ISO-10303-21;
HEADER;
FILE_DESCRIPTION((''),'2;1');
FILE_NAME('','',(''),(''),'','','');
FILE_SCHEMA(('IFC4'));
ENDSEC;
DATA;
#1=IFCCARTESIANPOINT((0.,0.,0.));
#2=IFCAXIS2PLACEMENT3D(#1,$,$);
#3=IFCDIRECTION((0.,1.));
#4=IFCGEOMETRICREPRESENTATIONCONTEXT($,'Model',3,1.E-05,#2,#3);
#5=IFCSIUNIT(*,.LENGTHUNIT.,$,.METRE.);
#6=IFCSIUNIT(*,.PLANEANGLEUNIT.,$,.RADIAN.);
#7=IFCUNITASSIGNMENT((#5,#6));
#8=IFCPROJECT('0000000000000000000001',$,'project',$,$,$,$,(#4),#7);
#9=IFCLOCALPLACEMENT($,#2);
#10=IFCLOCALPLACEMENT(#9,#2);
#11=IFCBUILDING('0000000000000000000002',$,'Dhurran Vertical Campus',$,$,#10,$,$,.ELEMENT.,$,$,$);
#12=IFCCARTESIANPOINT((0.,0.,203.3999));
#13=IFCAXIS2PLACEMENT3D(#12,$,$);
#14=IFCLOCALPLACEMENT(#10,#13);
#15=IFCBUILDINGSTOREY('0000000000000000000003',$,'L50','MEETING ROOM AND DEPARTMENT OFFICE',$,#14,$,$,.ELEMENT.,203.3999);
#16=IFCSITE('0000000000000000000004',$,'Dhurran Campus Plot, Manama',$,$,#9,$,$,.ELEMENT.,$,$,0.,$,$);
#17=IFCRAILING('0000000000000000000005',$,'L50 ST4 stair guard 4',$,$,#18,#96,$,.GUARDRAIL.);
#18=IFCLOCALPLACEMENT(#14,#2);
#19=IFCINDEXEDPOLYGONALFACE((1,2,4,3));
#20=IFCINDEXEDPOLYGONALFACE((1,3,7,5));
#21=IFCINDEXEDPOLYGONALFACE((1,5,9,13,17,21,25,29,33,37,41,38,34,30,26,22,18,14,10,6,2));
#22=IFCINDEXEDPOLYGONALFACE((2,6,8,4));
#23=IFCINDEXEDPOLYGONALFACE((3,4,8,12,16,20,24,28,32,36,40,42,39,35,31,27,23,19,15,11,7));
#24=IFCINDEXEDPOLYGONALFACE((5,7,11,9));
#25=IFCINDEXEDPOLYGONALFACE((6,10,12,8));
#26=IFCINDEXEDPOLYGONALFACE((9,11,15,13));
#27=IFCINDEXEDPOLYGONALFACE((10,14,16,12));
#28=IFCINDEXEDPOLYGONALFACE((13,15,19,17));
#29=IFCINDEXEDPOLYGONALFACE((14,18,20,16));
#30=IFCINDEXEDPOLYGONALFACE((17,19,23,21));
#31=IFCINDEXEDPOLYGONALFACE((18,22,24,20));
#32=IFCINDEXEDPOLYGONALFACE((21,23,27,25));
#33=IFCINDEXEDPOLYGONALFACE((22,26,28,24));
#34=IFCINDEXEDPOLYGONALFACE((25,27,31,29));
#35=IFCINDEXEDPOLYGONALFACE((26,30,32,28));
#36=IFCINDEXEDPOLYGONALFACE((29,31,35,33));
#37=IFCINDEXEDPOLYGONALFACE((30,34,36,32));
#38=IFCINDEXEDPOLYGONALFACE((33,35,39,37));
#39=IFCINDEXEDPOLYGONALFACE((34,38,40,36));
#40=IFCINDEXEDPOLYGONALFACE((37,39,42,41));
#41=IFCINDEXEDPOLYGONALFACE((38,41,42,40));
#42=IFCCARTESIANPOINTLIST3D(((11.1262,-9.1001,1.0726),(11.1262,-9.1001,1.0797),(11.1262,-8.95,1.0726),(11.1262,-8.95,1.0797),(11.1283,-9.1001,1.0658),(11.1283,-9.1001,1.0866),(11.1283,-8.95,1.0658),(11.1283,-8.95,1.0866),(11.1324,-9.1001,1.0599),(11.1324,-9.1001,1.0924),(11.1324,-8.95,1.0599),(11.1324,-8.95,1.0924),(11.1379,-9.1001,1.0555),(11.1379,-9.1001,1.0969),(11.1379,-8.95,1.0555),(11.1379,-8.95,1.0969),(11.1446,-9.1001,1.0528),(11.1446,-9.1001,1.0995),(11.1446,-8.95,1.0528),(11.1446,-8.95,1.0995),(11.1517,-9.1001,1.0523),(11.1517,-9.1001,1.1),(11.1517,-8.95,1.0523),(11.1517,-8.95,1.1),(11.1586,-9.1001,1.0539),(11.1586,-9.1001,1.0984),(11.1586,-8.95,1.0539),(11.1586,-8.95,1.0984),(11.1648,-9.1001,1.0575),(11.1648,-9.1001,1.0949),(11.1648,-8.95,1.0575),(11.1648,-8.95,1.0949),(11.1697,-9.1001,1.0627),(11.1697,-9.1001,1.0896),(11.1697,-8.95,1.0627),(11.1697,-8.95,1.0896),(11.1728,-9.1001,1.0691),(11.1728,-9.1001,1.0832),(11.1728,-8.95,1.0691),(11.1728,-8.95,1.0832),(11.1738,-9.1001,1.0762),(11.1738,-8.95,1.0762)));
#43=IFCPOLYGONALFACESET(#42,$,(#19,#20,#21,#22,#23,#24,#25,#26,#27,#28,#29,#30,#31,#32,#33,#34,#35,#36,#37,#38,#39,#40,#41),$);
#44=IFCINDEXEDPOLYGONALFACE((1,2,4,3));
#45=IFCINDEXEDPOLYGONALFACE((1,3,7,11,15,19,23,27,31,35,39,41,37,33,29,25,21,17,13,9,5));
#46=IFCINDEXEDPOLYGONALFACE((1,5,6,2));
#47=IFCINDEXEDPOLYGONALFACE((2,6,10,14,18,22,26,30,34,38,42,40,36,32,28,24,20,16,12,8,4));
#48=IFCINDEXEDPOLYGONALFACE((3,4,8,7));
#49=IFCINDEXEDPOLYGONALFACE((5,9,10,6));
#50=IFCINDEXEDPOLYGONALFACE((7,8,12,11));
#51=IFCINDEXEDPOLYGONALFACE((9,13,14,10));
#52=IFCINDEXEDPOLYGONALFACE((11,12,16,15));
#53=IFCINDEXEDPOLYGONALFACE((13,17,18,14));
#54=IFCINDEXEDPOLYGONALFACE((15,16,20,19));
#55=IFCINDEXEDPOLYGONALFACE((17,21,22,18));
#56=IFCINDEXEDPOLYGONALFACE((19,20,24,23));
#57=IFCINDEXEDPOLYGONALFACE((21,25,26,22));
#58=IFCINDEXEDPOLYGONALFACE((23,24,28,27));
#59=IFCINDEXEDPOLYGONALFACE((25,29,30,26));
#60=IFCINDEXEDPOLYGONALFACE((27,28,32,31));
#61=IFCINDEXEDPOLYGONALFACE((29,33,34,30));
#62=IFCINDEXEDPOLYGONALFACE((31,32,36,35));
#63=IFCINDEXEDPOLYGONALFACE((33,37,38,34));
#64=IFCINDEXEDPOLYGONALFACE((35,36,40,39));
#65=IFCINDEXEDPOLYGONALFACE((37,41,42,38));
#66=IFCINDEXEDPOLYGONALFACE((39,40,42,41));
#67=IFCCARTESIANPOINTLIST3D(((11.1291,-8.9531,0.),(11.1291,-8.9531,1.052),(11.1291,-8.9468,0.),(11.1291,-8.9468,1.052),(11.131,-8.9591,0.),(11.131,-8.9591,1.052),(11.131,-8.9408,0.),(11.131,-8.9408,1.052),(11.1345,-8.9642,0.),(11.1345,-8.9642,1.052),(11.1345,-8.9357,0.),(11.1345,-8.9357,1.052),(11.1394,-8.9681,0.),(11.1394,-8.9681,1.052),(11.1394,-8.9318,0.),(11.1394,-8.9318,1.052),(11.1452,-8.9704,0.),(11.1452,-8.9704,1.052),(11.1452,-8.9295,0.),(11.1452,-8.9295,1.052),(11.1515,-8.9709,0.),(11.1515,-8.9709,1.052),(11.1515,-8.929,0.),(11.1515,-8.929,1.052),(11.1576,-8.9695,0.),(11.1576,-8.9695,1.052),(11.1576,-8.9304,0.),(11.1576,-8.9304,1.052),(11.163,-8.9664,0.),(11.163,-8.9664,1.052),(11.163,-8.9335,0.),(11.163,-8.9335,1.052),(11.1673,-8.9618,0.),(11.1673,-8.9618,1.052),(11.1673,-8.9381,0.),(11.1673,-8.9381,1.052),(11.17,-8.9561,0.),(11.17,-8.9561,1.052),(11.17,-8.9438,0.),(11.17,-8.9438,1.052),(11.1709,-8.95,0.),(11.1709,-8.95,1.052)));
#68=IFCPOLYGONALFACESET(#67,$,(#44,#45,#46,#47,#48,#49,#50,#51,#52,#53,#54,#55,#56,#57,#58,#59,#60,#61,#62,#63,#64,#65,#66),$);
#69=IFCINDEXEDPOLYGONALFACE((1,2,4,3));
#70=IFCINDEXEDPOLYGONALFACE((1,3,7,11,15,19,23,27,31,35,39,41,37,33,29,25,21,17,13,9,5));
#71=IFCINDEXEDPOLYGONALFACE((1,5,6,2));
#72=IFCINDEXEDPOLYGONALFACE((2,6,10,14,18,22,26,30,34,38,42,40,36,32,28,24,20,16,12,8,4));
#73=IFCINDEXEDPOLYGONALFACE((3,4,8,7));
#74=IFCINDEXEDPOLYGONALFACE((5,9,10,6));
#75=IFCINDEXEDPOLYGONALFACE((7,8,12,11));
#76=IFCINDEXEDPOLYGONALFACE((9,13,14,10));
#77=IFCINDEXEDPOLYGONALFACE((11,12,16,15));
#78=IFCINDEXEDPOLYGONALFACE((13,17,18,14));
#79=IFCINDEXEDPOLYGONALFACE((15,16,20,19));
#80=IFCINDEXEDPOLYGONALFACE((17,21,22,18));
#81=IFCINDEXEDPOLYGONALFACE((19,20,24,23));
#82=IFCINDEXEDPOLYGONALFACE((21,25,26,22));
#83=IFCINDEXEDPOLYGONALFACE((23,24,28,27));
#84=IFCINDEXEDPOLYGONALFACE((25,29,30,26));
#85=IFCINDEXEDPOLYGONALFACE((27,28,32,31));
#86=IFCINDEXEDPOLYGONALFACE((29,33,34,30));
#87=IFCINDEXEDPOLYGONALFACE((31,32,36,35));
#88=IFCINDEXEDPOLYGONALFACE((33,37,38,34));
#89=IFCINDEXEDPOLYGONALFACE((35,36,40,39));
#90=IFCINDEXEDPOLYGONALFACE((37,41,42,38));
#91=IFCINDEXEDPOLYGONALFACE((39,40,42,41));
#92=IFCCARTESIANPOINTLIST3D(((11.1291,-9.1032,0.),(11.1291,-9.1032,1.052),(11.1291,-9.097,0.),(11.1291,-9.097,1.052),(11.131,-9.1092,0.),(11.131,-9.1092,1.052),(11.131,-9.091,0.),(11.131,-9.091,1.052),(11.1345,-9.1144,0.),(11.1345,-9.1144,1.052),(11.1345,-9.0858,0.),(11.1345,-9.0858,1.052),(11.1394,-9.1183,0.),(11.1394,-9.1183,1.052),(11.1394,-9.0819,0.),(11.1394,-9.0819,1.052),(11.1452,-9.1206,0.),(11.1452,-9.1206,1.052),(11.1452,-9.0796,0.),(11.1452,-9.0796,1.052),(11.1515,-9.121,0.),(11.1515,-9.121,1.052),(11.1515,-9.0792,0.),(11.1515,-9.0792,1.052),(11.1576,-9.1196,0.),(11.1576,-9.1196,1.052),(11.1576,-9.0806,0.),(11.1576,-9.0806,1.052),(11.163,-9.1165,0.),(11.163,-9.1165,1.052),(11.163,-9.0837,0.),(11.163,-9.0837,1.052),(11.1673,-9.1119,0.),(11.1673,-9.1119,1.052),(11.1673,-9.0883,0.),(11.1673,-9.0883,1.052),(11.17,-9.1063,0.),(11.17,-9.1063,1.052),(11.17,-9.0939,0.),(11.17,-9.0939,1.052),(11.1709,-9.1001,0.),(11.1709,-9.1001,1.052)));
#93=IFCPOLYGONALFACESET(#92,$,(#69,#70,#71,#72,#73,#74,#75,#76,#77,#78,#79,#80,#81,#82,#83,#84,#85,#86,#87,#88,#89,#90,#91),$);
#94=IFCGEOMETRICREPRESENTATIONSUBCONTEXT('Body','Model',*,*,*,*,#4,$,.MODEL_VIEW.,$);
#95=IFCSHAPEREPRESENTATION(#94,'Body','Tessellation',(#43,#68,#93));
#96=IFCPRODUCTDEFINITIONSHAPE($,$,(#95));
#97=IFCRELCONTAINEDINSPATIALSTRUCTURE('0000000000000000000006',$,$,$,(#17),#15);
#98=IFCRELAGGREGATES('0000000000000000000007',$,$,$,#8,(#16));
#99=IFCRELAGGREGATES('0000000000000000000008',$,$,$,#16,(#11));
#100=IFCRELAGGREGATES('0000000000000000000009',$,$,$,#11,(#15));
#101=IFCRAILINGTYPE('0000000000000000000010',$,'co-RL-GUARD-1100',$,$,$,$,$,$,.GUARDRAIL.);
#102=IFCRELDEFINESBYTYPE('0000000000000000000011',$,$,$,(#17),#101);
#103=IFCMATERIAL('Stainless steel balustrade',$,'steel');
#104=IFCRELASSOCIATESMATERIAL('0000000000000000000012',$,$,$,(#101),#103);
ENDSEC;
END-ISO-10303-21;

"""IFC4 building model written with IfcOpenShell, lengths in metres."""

from ifc_helpers import new_model, si_unit, direction, frame, origin, origin_2d, place, context, subcontext, project, spatial, circle, extrude, material, type_object, element, save


model = new_model("IFC4")

# Units and contexts
model_context = context("Model", 3, precision=1e-05, world=origin(), true_north=direction((0.0, 1.0)))
body_context = subcontext(model_context, "Body", "Model", "MODEL_VIEW")
ifc_project = project(units=[si_unit("LENGTHUNIT", "METRE"), si_unit("PLANEANGLEUNIT", "RADIAN")], contexts=[model_context])

# Site, building, storey
site_placement = place(None, origin())
site = spatial("IfcSite", under=ifc_project, at=site_placement, Name="Dhurran Campus Plot, Manama", CompositionType="ELEMENT", RefElevation=0.0)
building_placement = place(site_placement, origin())
building = spatial("IfcBuilding", under=site, at=building_placement, Name="Dhurran Vertical Campus", CompositionType="ELEMENT")
storey_placement = place(building_placement, frame((0.0, 0.0, 203.3999)))
storey = spatial("IfcBuildingStorey", under=building, at=storey_placement, Name="L50", Description="MEETING ROOM AND DEPARTMENT OFFICE", CompositionType="ELEMENT", Elevation=203.3999)

# Railing
ifc_material_1 = material(Name="Stainless steel balustrade", Category="steel")
railing_type_1 = type_object("IfcRailingType", Name="co-RL-GUARD-1100", PredefinedType="GUARDRAIL", material=ifc_material_1)
railing_1_placement = place(storey_placement, frame((11.1499, -8.95, 0.0)))
element("IfcRailing", 1, at=railing_1_placement, inside=storey, type_object=railing_type_1, Name="L50 ST4 stair guard 4", PredefinedType="GUARDRAIL", context=body_context, shape_type="SweptSolid", body=[
    extrude(circle(Radius=0.0239, at=origin_2d()), frame((0.0, 0.0, 1.0762), z_axis=(0.0, -1.0, 0.0), x_axis=(1.0, 0.0, 0.0)), (0.0, 0.0, 1.0), 0.1501),
    extrude(circle(Radius=0.021, at=origin_2d()), origin(), (0.0, 0.0, 1.0), 1.052),
    extrude(circle(Radius=0.021, at=origin_2d()), frame((0.0, -0.1501, 0.0)), (0.0, 0.0, 1.0), 1.052),
])

save(model, "model.ifc")
